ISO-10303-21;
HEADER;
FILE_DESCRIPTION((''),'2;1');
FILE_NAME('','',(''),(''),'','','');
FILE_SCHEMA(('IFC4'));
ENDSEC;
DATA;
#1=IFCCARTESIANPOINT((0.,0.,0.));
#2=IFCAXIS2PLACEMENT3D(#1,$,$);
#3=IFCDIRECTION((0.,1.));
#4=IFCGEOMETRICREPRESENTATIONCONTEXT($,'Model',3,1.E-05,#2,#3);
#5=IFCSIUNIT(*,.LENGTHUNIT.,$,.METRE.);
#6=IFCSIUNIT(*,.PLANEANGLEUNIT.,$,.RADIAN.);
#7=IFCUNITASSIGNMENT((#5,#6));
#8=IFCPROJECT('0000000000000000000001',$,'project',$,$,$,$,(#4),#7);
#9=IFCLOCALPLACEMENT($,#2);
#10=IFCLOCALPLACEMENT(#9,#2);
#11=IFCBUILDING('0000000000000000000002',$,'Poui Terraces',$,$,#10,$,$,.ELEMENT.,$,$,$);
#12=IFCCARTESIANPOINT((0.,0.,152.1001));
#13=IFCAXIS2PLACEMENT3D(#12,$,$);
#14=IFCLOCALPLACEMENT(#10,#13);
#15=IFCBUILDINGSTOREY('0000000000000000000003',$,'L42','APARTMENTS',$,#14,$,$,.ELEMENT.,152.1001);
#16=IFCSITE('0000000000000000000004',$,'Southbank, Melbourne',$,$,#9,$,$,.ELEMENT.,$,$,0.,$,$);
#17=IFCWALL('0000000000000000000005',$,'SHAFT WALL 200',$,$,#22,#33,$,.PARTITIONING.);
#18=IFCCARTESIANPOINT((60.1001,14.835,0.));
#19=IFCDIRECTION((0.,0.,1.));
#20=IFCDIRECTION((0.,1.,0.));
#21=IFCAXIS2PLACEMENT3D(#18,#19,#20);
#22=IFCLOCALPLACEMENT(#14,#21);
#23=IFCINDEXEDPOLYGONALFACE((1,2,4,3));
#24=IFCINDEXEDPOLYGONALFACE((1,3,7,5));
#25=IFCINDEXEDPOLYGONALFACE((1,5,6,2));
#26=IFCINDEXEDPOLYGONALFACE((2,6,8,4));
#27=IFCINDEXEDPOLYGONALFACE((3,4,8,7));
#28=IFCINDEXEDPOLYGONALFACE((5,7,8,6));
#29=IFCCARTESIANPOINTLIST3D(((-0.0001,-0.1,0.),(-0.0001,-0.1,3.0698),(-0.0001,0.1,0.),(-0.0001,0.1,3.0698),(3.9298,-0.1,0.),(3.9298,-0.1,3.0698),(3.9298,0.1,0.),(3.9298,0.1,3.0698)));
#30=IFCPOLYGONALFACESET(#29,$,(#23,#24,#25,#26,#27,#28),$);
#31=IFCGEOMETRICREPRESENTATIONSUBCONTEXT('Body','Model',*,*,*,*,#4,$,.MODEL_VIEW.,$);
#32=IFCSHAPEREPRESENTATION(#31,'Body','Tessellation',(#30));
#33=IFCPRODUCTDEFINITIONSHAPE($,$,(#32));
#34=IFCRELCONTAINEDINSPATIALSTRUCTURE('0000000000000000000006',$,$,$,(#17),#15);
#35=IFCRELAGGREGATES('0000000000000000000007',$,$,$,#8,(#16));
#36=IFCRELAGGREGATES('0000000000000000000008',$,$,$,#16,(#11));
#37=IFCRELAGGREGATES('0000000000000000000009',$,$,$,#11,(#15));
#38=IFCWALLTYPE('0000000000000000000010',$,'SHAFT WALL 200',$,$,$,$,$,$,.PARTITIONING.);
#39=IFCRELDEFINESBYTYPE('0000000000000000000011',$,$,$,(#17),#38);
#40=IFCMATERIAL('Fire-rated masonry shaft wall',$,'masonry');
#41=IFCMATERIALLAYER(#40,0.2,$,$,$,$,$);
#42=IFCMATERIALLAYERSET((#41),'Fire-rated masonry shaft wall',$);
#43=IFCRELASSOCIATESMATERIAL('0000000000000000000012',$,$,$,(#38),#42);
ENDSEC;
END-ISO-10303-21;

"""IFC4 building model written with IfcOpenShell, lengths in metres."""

from ifc_helpers import new_model, si_unit, direction, frame, frame_2d, origin, place, context, subcontext, project, spatial, rectangle, extrude, material, layer, layer_set, type_object, element, save


model = new_model("IFC4")

# Units and contexts
model_context = context("Model", 3, precision=1e-05, world=origin(), true_north=direction((0.0, 1.0)))
body_context = subcontext(model_context, "Body", "Model", "MODEL_VIEW")
ifc_project = project(units=[si_unit("LENGTHUNIT", "METRE"), si_unit("PLANEANGLEUNIT", "RADIAN")], contexts=[model_context])

# Site, building, storey
site_placement = place(None, origin())
site = spatial("IfcSite", under=ifc_project, at=site_placement, Name="Southbank, Melbourne", CompositionType="ELEMENT", RefElevation=0.0)
building_placement = place(site_placement, origin())
building = spatial("IfcBuilding", under=site, at=building_placement, Name="Poui Terraces", CompositionType="ELEMENT")
storey_placement = place(building_placement, frame((0.0, 0.0, 152.1001)))
storey = spatial("IfcBuildingStorey", under=building, at=storey_placement, Name="L42", Description="APARTMENTS", CompositionType="ELEMENT", Elevation=152.1001)

# Wall
ifc_material_1 = material(Name="Fire-rated masonry shaft wall", Category="masonry")
ifc_layer_1 = layer(ifc_material_1, 0.2)
ifc_layer_set_1 = layer_set([ifc_layer_1], Name="Fire-rated masonry shaft wall")
wall_type_1 = type_object("IfcWallType", Name="SHAFT WALL 200", PredefinedType="PARTITIONING", material=ifc_layer_set_1)
wall_1_placement = place(storey_placement, frame((60.1001, 14.835, 0.0), z_axis=(0.0, 0.0, 1.0), x_axis=(0.0, 1.0, 0.0)))
element("IfcWall", 1, at=wall_1_placement, inside=storey, type_object=wall_type_1, Name="SHAFT WALL 200", PredefinedType="PARTITIONING", context=body_context, shape_type="SweptSolid", body=[
    extrude(rectangle(XDim=3.9299, YDim=0.2, at=frame_2d((1.9648, 0.0))), origin(), (0.0, 0.0, 1.0), 3.0698),
])

save(model, "model.ifc")
